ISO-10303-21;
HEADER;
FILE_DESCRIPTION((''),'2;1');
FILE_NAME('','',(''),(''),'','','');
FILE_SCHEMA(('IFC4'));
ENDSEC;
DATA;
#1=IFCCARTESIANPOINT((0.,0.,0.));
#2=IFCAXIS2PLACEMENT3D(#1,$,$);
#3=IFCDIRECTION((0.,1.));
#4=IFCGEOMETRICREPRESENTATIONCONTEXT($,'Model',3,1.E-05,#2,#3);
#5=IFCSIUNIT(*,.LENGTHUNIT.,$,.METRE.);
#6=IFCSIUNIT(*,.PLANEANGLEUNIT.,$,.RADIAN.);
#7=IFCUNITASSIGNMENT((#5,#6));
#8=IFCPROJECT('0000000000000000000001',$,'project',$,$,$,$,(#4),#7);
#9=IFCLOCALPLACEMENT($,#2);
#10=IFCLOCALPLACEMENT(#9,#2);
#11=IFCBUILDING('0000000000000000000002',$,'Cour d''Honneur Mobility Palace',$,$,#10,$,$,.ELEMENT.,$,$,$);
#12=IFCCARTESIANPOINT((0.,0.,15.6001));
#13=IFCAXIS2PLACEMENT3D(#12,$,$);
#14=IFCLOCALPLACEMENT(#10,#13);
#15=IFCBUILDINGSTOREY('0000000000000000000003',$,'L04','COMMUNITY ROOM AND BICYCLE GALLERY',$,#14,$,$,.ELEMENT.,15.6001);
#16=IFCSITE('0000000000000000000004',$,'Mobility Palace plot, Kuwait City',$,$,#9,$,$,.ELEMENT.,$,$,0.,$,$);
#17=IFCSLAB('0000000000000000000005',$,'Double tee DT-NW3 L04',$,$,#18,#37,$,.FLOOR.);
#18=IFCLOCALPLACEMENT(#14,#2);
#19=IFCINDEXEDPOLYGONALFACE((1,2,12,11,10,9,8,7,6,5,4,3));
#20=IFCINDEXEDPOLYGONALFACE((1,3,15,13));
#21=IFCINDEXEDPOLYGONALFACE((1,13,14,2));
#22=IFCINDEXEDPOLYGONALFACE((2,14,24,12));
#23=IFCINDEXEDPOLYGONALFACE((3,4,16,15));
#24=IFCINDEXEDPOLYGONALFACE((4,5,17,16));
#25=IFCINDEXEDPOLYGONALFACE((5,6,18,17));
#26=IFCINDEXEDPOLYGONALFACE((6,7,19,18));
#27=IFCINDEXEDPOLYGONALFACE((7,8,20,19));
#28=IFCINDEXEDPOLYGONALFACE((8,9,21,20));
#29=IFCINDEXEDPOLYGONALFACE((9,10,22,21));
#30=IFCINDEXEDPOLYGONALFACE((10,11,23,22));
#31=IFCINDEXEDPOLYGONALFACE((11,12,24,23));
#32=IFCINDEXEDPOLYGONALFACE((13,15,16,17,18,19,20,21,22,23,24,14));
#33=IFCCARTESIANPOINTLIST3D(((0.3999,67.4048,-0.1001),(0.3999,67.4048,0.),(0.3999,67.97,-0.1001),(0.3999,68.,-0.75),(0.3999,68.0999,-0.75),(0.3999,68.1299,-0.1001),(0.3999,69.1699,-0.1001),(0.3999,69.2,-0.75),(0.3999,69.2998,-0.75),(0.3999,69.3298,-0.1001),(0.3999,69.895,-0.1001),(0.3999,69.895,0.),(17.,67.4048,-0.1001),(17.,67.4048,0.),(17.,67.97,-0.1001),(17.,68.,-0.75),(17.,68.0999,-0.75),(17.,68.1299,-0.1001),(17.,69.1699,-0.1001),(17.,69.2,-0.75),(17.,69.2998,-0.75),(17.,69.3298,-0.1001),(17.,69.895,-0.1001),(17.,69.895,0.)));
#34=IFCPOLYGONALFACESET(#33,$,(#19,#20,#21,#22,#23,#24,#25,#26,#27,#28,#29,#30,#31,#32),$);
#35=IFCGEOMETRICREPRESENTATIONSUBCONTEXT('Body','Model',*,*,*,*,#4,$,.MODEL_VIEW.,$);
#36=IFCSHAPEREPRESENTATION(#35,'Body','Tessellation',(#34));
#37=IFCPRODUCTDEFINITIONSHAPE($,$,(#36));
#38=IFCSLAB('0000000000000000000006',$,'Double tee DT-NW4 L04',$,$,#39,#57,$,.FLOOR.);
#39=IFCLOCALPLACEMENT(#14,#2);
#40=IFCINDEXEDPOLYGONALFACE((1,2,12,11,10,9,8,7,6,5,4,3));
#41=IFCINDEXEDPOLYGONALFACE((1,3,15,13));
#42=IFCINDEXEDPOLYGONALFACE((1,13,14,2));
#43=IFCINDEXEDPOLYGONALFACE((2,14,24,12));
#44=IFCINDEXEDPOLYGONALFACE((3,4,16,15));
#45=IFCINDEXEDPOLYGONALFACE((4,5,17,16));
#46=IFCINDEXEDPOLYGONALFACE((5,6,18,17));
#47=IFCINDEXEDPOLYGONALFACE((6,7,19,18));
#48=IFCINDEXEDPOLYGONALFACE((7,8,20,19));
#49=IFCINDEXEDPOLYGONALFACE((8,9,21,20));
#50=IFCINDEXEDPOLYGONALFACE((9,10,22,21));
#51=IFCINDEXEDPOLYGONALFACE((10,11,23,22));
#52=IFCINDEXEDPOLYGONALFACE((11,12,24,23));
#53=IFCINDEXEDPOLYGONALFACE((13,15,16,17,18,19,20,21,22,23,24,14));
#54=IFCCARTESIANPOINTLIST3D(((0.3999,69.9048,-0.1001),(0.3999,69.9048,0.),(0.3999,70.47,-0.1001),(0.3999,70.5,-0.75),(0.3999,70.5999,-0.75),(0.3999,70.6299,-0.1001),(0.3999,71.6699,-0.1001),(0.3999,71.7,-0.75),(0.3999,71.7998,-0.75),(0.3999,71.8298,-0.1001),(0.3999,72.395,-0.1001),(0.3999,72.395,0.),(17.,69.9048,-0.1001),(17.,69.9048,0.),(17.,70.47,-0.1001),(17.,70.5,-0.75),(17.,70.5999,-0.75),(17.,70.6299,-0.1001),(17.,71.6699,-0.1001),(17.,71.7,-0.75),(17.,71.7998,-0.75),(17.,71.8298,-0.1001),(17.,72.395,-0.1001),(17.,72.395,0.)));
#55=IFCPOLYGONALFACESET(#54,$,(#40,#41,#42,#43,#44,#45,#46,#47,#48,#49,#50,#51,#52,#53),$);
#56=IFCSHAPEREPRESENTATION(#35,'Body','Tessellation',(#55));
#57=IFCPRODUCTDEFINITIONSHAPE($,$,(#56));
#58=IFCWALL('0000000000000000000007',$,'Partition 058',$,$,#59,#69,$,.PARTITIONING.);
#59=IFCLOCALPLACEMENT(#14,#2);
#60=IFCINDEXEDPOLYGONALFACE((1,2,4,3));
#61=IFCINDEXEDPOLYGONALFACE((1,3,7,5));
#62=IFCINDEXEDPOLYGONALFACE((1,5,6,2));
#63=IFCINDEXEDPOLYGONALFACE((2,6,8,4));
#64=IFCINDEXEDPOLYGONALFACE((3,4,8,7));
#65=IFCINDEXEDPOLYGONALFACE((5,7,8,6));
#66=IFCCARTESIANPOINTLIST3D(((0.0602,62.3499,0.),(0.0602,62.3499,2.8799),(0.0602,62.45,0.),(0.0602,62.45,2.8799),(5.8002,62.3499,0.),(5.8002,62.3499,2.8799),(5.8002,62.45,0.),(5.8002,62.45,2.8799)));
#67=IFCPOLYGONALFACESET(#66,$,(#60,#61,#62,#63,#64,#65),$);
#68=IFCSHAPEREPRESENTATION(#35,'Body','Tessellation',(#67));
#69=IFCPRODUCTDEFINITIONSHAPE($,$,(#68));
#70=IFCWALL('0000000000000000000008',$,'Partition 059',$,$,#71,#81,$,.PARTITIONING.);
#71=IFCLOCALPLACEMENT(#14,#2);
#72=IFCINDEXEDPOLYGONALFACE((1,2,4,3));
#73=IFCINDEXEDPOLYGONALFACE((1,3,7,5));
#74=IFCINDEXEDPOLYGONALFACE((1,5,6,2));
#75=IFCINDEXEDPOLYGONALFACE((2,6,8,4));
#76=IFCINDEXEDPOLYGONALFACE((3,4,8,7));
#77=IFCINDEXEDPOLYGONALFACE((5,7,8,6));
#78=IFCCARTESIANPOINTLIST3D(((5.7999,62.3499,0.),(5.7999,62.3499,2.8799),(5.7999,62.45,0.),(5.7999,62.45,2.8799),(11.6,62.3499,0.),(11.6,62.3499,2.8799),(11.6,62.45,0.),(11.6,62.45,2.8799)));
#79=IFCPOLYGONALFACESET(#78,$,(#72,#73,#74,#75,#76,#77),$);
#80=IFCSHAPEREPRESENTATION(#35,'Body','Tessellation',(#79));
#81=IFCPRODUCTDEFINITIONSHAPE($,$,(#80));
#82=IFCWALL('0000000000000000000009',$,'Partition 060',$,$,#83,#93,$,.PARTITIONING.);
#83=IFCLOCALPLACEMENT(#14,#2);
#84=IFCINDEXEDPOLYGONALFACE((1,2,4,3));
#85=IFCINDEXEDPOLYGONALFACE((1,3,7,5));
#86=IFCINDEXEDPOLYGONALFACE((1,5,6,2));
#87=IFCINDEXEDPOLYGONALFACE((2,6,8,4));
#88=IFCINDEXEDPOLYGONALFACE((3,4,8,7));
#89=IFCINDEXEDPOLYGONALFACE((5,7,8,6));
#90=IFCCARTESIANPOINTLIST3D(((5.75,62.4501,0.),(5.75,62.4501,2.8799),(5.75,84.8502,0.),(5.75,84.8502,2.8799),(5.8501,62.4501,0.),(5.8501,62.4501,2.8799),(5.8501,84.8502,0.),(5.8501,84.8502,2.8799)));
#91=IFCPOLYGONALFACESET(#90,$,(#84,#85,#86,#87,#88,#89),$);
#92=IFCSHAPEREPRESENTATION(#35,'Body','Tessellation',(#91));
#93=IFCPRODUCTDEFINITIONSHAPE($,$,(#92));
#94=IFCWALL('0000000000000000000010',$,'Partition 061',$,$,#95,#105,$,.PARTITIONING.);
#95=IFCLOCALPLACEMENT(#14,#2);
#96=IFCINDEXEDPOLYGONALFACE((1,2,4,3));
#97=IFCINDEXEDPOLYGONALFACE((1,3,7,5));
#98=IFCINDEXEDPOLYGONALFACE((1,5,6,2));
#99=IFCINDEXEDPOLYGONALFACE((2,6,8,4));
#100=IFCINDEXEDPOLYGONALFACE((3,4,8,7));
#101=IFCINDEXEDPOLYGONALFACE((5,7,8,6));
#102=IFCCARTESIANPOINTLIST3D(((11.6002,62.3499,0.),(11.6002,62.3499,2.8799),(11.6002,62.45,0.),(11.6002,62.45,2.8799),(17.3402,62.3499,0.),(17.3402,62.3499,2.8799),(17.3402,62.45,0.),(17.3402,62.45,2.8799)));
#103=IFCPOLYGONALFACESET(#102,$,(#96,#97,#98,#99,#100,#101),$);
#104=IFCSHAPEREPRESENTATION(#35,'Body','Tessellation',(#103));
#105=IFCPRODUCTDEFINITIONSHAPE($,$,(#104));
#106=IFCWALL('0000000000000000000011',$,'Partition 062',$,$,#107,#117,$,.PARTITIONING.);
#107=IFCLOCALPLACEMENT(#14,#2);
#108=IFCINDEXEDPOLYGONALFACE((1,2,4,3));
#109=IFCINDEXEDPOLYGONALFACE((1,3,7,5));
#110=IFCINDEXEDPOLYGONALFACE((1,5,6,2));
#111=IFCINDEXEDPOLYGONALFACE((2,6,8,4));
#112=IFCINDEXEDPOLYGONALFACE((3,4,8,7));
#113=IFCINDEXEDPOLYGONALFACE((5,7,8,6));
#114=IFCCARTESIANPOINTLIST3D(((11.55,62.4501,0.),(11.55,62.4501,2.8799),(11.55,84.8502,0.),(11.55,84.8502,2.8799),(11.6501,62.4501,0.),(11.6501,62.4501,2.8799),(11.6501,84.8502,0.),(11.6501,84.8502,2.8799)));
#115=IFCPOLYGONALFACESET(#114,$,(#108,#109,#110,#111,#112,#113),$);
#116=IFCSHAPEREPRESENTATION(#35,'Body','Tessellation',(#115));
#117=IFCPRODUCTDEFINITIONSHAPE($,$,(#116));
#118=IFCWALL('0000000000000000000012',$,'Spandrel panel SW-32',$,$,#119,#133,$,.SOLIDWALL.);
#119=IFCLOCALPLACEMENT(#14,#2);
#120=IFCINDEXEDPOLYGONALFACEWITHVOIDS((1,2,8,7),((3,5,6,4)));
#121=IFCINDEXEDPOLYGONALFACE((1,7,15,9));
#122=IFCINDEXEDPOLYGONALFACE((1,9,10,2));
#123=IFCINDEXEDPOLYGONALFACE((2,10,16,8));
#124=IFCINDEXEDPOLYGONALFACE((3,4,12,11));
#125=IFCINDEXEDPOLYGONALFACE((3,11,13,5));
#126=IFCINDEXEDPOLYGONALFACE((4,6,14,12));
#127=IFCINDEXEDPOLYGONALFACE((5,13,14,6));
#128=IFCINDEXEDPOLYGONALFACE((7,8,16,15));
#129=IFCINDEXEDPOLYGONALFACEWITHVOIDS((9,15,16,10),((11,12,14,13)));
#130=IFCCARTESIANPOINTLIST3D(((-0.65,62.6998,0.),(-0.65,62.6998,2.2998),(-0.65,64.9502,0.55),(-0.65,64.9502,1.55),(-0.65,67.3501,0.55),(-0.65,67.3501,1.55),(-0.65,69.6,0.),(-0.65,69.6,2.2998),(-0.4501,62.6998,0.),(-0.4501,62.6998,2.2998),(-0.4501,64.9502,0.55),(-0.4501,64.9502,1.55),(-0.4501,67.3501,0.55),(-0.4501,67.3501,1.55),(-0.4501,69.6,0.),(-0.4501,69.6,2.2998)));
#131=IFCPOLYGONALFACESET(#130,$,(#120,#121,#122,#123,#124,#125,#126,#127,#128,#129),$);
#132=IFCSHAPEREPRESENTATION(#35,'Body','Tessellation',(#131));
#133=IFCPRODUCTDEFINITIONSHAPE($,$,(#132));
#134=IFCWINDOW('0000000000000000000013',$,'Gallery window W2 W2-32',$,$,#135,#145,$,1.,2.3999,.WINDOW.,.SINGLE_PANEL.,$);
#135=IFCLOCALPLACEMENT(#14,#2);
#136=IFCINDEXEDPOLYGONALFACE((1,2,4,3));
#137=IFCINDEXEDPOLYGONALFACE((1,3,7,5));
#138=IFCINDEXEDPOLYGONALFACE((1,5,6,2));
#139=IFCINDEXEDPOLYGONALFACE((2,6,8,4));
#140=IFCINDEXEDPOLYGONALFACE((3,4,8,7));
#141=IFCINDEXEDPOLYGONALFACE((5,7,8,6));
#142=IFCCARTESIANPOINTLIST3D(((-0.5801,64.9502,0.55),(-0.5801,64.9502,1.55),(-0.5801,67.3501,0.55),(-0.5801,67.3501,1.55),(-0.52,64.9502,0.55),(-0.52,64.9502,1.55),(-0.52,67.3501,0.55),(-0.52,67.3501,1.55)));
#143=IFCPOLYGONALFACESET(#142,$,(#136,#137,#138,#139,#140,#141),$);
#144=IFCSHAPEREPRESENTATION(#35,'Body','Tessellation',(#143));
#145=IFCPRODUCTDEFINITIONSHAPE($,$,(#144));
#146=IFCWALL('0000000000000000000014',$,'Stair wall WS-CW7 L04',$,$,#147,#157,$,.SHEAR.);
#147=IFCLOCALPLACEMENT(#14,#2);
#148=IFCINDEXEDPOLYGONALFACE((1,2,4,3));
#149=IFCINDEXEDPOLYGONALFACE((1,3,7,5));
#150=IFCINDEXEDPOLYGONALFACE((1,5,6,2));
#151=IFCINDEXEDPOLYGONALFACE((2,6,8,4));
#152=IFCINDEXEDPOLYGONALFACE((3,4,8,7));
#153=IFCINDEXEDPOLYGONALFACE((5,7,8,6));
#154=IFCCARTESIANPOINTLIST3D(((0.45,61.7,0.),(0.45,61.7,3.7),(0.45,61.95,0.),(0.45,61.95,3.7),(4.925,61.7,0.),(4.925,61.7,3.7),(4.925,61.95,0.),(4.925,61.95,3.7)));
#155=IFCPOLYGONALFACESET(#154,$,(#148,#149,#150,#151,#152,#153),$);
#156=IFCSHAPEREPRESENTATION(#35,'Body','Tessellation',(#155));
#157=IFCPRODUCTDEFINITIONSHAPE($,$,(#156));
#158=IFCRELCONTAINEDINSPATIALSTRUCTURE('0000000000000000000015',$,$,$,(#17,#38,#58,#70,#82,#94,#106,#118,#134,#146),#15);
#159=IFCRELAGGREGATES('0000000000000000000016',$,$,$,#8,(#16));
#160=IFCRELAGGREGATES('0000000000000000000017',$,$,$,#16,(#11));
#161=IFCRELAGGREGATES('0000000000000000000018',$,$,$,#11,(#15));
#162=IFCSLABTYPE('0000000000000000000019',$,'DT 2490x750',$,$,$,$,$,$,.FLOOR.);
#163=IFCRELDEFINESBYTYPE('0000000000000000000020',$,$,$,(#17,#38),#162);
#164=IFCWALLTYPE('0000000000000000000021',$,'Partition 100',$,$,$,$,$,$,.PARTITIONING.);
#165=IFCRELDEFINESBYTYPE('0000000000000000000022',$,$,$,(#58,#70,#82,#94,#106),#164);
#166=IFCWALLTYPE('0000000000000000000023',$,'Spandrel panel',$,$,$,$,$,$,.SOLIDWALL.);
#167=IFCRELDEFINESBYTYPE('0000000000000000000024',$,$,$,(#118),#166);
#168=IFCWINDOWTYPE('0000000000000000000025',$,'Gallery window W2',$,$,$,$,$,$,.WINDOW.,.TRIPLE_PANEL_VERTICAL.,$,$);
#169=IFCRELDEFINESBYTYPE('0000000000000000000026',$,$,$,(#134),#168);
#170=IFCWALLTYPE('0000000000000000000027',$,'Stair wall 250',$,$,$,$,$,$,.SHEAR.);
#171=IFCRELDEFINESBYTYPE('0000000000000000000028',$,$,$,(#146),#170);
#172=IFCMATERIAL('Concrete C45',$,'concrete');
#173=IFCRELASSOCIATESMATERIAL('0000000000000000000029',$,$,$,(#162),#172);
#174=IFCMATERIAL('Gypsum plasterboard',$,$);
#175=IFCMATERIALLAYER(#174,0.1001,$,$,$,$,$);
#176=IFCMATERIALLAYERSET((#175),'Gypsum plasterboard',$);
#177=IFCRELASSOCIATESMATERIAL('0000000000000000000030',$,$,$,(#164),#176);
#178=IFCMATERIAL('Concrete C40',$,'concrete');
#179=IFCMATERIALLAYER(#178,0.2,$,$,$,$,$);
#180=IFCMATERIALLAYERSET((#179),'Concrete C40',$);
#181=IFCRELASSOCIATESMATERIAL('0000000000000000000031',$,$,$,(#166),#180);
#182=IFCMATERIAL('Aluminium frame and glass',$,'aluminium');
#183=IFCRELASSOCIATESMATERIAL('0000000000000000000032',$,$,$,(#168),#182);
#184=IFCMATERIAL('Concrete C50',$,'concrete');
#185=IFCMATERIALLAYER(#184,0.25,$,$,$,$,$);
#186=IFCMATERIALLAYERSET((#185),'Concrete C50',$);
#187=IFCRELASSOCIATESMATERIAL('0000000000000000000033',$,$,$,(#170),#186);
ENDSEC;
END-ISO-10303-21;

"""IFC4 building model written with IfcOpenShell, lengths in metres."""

from ifc_helpers import new_model, si_unit, direction, frame, frame_2d, origin, place, context, subcontext, project, spatial, polyline, rectangle, outline, extrude, material, layer, layer_set, material_profile, profile_set, type_object, element, fill, save


model = new_model("IFC4")

# Units and contexts
model_context = context("Model", 3, precision=1e-05, world=origin(), true_north=direction((0.0, 1.0)))
body_context = subcontext(model_context, "Body", "Model", "MODEL_VIEW")
ifc_project = project(units=[si_unit("LENGTHUNIT", "METRE"), si_unit("PLANEANGLEUNIT", "RADIAN")], contexts=[model_context])

# Site, building, storey
site_placement = place(None, origin())
site = spatial("IfcSite", under=ifc_project, at=site_placement, Name="Mobility Palace plot, Kuwait City", CompositionType="ELEMENT", RefElevation=0.0)
building_placement = place(site_placement, origin())
building = spatial("IfcBuilding", under=site, at=building_placement, Name="Cour d'Honneur Mobility Palace", CompositionType="ELEMENT")
storey_placement = place(building_placement, frame((0.0, 0.0, 15.6001)))
storey = spatial("IfcBuildingStorey", under=building, at=storey_placement, Name="L04", Description="COMMUNITY ROOM AND BICYCLE GALLERY", CompositionType="ELEMENT", Elevation=15.6001)

# Slabs
ifc_material_1 = material(Name="Concrete C45", Category="concrete")
ifc_material_profile_1 = material_profile(ifc_material_1, outline(polyline([(-1.2451, 0.0), (1.2451, 0.0), (1.2451, -0.1001), (0.6799, -0.1001), (0.6499, -0.75), (0.55, -0.75), (0.52, -0.1001), (-0.52, -0.1001), (-0.55, -0.75), (-0.6499, -0.75), (-0.6799, -0.1001), (-1.2451, -0.1001), (-1.2451, 0.0)])), Name="DT 2490x750")
ifc_profile_set_1 = profile_set([ifc_material_profile_1], Name="Concrete C45")
slab_type_1 = type_object("IfcSlabType", Name="DT 2490x750", PredefinedType="FLOOR", material=ifc_profile_set_1)
for number, where, z_axis, x_axis, name in (
    (1, (0.3999, 68.6499, 0.0), (1.0, 0.0, 0.0), (0.0, 1.0, 0.0), "Double tee DT-NW3 L04"),
    (2, (0.3999, 71.1499, 0.0), (1.0, 0.0, 0.0), (0.0, 1.0, 0.0), "Double tee DT-NW4 L04"),
):
    element("IfcSlab", number, at=place(storey_placement, frame(where, z_axis=z_axis, x_axis=x_axis)), inside=storey, type_object=slab_type_1, Name=name, PredefinedType="FLOOR", context=body_context, shape_type="SweptSolid", body=[
        extrude(outline(polyline([(-1.2451, 0.0), (1.2451, 0.0), (1.2451, -0.1001), (0.6799, -0.1001), (0.6499, -0.75), (0.55, -0.75), (0.52, -0.1001), (-0.52, -0.1001), (-0.55, -0.75), (-0.6499, -0.75), (-0.6799, -0.1001), (-1.2451, -0.1001), (-1.2451, 0.0)])), origin(), (0.0, 0.0, 1.0), 16.6001),
    ])

# Walls
ifc_material_2 = material(Name="Gypsum plasterboard")
ifc_layer_1 = layer(ifc_material_2, 0.1001)
ifc_layer_set_1 = layer_set([ifc_layer_1], Name="Gypsum plasterboard")
wall_type_1 = type_object("IfcWallType", Name="Partition 100", PredefinedType="PARTITIONING", material=ifc_layer_set_1)
wall_1_placement = place(storey_placement, frame((0.0601, 62.3999, 0.0), z_axis=(0.0, 0.0, 1.0), x_axis=(1.0, 0.0, 0.0)))
element("IfcWall", 3, at=wall_1_placement, inside=storey, type_object=wall_type_1, Name="Partition 058", PredefinedType="PARTITIONING", context=body_context, shape_type="SweptSolid", body=[
    extrude(rectangle(XDim=5.74, YDim=0.1001, at=frame_2d((2.8701, 0.0))), origin(), (0.0, 0.0, 1.0), 2.8799),
])
wall_2_placement = place(storey_placement, frame((5.8, 62.3999, 0.0), z_axis=(0.0, 0.0, 1.0), x_axis=(1.0, 0.0, 0.0)))
element("IfcWall", 4, at=wall_2_placement, inside=storey, type_object=wall_type_1, Name="Partition 059", PredefinedType="PARTITIONING", context=body_context, shape_type="SweptSolid", body=[
    extrude(rectangle(XDim=5.8, YDim=0.1001, at=frame_2d((2.8999, 0.0))), origin(), (0.0, 0.0, 1.0), 2.8799),
])
wall_3_placement = place(storey_placement, frame((5.8, 62.45, 0.0), z_axis=(0.0, 0.0, 1.0), x_axis=(0.0, 1.0, 0.0)))
element("IfcWall", 5, at=wall_3_placement, inside=storey, type_object=wall_type_1, Name="Partition 060", PredefinedType="PARTITIONING", context=body_context, shape_type="SweptSolid", body=[
    extrude(rectangle(XDim=22.4001, YDim=0.1001, at=frame_2d((11.2002, 0.0))), origin(), (0.0, 0.0, 1.0), 2.8799),
])
wall_4_placement = place(storey_placement, frame((11.6001, 62.3999, 0.0), z_axis=(0.0, 0.0, 1.0), x_axis=(1.0, 0.0, 0.0)))
element("IfcWall", 6, at=wall_4_placement, inside=storey, type_object=wall_type_1, Name="Partition 061", PredefinedType="PARTITIONING", context=body_context, shape_type="SweptSolid", body=[
    extrude(rectangle(XDim=5.74, YDim=0.1001, at=frame_2d((2.8701, 0.0))), origin(), (0.0, 0.0, 1.0), 2.8799),
])
wall_5_placement = place(storey_placement, frame((11.6001, 62.45, 0.0), z_axis=(0.0, 0.0, 1.0), x_axis=(0.0, 1.0, 0.0)))
element("IfcWall", 7, at=wall_5_placement, inside=storey, type_object=wall_type_1, Name="Partition 062", PredefinedType="PARTITIONING", context=body_context, shape_type="SweptSolid", body=[
    extrude(rectangle(XDim=22.4001, YDim=0.1001, at=frame_2d((11.2002, 0.0))), origin(), (0.0, 0.0, 1.0), 2.8799),
])

# Wall, opening, window
ifc_material_3 = material(Name="Concrete C40", Category="concrete")
ifc_layer_2 = layer(ifc_material_3, 0.2)
ifc_layer_set_2 = layer_set([ifc_layer_2], Name="Concrete C40")
wall_type_2 = type_object("IfcWallType", Name="Spandrel panel", PredefinedType="SOLIDWALL", material=ifc_layer_set_2)
wall_6_placement = place(storey_placement, frame((-0.55, 69.6001, 0.0), z_axis=(0.0, 0.0, 1.0), x_axis=(0.0, -1.0, 0.0)))
wall_6 = element("IfcWall", 8, at=wall_6_placement, inside=storey, type_object=wall_type_2, Name="Spandrel panel SW-32", PredefinedType="SOLIDWALL", context=body_context, shape_type="SweptSolid", body=[
    extrude(rectangle(XDim=6.9001, YDim=0.2, at=frame_2d((3.4502, 0.0))), origin(), (0.0, 0.0, 1.0), 2.2998),
])
opening_placement = place(wall_6_placement, frame((2.25, 0.0, 0.55)))
opening = element("IfcOpeningElement", 9, at=opening_placement, cuts=wall_6, PredefinedType="OPENING", context=body_context, shape_type="SweptSolid", body=[
    extrude(rectangle(XDim=2.3999, YDim=1.0, at=frame_2d((1.2, 0.5))), frame((0.0, 0.1099, 0.0), z_axis=(0.0, -1.0, 0.0), x_axis=(1.0, 0.0, 0.0)), (0.0, 0.0, 1.0), 0.22),
])
ifc_material_4 = material(Name="Aluminium frame and glass", Category="aluminium")
window_type = type_object("IfcWindowType", Name="Gallery window W2", PartitioningType="TRIPLE_PANEL_VERTICAL", PredefinedType="WINDOW", material=ifc_material_4)
window_placement = place(opening_placement, origin())
window = element("IfcWindow", 10, at=window_placement, inside=storey, type_object=window_type, Name="Gallery window W2 W2-32", OverallHeight=1.0, OverallWidth=2.3999, PartitioningType="SINGLE_PANEL", PredefinedType="WINDOW", context=body_context, shape_type="SweptSolid", body=[
    extrude(rectangle(XDim=2.3999, YDim=1.0, at=frame_2d((1.2, 0.5))), frame((0.0, 0.03, 0.0), z_axis=(0.0, -1.0, 0.0), x_axis=(1.0, 0.0, 0.0)), (0.0, 0.0, 1.0), 0.0601),
])
fill(opening, window)

# Wall
ifc_material_5 = material(Name="Concrete C50", Category="concrete")
ifc_layer_3 = layer(ifc_material_5, 0.25)
ifc_layer_set_3 = layer_set([ifc_layer_3], Name="Concrete C50")
wall_type_3 = type_object("IfcWallType", Name="Stair wall 250", PredefinedType="SHEAR", material=ifc_layer_set_3)
wall_7_placement = place(storey_placement, frame((0.45, 61.825, 0.0), z_axis=(0.0, 0.0, 1.0), x_axis=(1.0, 0.0, 0.0)))
element("IfcWall", 11, at=wall_7_placement, inside=storey, type_object=wall_type_3, Name="Stair wall WS-CW7 L04", PredefinedType="SHEAR", context=body_context, shape_type="SweptSolid", body=[
    extrude(rectangle(XDim=4.4751, YDim=0.25, at=frame_2d((2.2375, 0.0))), origin(), (0.0, 0.0, 1.0), 3.7),
])

save(model, "model.ifc")
